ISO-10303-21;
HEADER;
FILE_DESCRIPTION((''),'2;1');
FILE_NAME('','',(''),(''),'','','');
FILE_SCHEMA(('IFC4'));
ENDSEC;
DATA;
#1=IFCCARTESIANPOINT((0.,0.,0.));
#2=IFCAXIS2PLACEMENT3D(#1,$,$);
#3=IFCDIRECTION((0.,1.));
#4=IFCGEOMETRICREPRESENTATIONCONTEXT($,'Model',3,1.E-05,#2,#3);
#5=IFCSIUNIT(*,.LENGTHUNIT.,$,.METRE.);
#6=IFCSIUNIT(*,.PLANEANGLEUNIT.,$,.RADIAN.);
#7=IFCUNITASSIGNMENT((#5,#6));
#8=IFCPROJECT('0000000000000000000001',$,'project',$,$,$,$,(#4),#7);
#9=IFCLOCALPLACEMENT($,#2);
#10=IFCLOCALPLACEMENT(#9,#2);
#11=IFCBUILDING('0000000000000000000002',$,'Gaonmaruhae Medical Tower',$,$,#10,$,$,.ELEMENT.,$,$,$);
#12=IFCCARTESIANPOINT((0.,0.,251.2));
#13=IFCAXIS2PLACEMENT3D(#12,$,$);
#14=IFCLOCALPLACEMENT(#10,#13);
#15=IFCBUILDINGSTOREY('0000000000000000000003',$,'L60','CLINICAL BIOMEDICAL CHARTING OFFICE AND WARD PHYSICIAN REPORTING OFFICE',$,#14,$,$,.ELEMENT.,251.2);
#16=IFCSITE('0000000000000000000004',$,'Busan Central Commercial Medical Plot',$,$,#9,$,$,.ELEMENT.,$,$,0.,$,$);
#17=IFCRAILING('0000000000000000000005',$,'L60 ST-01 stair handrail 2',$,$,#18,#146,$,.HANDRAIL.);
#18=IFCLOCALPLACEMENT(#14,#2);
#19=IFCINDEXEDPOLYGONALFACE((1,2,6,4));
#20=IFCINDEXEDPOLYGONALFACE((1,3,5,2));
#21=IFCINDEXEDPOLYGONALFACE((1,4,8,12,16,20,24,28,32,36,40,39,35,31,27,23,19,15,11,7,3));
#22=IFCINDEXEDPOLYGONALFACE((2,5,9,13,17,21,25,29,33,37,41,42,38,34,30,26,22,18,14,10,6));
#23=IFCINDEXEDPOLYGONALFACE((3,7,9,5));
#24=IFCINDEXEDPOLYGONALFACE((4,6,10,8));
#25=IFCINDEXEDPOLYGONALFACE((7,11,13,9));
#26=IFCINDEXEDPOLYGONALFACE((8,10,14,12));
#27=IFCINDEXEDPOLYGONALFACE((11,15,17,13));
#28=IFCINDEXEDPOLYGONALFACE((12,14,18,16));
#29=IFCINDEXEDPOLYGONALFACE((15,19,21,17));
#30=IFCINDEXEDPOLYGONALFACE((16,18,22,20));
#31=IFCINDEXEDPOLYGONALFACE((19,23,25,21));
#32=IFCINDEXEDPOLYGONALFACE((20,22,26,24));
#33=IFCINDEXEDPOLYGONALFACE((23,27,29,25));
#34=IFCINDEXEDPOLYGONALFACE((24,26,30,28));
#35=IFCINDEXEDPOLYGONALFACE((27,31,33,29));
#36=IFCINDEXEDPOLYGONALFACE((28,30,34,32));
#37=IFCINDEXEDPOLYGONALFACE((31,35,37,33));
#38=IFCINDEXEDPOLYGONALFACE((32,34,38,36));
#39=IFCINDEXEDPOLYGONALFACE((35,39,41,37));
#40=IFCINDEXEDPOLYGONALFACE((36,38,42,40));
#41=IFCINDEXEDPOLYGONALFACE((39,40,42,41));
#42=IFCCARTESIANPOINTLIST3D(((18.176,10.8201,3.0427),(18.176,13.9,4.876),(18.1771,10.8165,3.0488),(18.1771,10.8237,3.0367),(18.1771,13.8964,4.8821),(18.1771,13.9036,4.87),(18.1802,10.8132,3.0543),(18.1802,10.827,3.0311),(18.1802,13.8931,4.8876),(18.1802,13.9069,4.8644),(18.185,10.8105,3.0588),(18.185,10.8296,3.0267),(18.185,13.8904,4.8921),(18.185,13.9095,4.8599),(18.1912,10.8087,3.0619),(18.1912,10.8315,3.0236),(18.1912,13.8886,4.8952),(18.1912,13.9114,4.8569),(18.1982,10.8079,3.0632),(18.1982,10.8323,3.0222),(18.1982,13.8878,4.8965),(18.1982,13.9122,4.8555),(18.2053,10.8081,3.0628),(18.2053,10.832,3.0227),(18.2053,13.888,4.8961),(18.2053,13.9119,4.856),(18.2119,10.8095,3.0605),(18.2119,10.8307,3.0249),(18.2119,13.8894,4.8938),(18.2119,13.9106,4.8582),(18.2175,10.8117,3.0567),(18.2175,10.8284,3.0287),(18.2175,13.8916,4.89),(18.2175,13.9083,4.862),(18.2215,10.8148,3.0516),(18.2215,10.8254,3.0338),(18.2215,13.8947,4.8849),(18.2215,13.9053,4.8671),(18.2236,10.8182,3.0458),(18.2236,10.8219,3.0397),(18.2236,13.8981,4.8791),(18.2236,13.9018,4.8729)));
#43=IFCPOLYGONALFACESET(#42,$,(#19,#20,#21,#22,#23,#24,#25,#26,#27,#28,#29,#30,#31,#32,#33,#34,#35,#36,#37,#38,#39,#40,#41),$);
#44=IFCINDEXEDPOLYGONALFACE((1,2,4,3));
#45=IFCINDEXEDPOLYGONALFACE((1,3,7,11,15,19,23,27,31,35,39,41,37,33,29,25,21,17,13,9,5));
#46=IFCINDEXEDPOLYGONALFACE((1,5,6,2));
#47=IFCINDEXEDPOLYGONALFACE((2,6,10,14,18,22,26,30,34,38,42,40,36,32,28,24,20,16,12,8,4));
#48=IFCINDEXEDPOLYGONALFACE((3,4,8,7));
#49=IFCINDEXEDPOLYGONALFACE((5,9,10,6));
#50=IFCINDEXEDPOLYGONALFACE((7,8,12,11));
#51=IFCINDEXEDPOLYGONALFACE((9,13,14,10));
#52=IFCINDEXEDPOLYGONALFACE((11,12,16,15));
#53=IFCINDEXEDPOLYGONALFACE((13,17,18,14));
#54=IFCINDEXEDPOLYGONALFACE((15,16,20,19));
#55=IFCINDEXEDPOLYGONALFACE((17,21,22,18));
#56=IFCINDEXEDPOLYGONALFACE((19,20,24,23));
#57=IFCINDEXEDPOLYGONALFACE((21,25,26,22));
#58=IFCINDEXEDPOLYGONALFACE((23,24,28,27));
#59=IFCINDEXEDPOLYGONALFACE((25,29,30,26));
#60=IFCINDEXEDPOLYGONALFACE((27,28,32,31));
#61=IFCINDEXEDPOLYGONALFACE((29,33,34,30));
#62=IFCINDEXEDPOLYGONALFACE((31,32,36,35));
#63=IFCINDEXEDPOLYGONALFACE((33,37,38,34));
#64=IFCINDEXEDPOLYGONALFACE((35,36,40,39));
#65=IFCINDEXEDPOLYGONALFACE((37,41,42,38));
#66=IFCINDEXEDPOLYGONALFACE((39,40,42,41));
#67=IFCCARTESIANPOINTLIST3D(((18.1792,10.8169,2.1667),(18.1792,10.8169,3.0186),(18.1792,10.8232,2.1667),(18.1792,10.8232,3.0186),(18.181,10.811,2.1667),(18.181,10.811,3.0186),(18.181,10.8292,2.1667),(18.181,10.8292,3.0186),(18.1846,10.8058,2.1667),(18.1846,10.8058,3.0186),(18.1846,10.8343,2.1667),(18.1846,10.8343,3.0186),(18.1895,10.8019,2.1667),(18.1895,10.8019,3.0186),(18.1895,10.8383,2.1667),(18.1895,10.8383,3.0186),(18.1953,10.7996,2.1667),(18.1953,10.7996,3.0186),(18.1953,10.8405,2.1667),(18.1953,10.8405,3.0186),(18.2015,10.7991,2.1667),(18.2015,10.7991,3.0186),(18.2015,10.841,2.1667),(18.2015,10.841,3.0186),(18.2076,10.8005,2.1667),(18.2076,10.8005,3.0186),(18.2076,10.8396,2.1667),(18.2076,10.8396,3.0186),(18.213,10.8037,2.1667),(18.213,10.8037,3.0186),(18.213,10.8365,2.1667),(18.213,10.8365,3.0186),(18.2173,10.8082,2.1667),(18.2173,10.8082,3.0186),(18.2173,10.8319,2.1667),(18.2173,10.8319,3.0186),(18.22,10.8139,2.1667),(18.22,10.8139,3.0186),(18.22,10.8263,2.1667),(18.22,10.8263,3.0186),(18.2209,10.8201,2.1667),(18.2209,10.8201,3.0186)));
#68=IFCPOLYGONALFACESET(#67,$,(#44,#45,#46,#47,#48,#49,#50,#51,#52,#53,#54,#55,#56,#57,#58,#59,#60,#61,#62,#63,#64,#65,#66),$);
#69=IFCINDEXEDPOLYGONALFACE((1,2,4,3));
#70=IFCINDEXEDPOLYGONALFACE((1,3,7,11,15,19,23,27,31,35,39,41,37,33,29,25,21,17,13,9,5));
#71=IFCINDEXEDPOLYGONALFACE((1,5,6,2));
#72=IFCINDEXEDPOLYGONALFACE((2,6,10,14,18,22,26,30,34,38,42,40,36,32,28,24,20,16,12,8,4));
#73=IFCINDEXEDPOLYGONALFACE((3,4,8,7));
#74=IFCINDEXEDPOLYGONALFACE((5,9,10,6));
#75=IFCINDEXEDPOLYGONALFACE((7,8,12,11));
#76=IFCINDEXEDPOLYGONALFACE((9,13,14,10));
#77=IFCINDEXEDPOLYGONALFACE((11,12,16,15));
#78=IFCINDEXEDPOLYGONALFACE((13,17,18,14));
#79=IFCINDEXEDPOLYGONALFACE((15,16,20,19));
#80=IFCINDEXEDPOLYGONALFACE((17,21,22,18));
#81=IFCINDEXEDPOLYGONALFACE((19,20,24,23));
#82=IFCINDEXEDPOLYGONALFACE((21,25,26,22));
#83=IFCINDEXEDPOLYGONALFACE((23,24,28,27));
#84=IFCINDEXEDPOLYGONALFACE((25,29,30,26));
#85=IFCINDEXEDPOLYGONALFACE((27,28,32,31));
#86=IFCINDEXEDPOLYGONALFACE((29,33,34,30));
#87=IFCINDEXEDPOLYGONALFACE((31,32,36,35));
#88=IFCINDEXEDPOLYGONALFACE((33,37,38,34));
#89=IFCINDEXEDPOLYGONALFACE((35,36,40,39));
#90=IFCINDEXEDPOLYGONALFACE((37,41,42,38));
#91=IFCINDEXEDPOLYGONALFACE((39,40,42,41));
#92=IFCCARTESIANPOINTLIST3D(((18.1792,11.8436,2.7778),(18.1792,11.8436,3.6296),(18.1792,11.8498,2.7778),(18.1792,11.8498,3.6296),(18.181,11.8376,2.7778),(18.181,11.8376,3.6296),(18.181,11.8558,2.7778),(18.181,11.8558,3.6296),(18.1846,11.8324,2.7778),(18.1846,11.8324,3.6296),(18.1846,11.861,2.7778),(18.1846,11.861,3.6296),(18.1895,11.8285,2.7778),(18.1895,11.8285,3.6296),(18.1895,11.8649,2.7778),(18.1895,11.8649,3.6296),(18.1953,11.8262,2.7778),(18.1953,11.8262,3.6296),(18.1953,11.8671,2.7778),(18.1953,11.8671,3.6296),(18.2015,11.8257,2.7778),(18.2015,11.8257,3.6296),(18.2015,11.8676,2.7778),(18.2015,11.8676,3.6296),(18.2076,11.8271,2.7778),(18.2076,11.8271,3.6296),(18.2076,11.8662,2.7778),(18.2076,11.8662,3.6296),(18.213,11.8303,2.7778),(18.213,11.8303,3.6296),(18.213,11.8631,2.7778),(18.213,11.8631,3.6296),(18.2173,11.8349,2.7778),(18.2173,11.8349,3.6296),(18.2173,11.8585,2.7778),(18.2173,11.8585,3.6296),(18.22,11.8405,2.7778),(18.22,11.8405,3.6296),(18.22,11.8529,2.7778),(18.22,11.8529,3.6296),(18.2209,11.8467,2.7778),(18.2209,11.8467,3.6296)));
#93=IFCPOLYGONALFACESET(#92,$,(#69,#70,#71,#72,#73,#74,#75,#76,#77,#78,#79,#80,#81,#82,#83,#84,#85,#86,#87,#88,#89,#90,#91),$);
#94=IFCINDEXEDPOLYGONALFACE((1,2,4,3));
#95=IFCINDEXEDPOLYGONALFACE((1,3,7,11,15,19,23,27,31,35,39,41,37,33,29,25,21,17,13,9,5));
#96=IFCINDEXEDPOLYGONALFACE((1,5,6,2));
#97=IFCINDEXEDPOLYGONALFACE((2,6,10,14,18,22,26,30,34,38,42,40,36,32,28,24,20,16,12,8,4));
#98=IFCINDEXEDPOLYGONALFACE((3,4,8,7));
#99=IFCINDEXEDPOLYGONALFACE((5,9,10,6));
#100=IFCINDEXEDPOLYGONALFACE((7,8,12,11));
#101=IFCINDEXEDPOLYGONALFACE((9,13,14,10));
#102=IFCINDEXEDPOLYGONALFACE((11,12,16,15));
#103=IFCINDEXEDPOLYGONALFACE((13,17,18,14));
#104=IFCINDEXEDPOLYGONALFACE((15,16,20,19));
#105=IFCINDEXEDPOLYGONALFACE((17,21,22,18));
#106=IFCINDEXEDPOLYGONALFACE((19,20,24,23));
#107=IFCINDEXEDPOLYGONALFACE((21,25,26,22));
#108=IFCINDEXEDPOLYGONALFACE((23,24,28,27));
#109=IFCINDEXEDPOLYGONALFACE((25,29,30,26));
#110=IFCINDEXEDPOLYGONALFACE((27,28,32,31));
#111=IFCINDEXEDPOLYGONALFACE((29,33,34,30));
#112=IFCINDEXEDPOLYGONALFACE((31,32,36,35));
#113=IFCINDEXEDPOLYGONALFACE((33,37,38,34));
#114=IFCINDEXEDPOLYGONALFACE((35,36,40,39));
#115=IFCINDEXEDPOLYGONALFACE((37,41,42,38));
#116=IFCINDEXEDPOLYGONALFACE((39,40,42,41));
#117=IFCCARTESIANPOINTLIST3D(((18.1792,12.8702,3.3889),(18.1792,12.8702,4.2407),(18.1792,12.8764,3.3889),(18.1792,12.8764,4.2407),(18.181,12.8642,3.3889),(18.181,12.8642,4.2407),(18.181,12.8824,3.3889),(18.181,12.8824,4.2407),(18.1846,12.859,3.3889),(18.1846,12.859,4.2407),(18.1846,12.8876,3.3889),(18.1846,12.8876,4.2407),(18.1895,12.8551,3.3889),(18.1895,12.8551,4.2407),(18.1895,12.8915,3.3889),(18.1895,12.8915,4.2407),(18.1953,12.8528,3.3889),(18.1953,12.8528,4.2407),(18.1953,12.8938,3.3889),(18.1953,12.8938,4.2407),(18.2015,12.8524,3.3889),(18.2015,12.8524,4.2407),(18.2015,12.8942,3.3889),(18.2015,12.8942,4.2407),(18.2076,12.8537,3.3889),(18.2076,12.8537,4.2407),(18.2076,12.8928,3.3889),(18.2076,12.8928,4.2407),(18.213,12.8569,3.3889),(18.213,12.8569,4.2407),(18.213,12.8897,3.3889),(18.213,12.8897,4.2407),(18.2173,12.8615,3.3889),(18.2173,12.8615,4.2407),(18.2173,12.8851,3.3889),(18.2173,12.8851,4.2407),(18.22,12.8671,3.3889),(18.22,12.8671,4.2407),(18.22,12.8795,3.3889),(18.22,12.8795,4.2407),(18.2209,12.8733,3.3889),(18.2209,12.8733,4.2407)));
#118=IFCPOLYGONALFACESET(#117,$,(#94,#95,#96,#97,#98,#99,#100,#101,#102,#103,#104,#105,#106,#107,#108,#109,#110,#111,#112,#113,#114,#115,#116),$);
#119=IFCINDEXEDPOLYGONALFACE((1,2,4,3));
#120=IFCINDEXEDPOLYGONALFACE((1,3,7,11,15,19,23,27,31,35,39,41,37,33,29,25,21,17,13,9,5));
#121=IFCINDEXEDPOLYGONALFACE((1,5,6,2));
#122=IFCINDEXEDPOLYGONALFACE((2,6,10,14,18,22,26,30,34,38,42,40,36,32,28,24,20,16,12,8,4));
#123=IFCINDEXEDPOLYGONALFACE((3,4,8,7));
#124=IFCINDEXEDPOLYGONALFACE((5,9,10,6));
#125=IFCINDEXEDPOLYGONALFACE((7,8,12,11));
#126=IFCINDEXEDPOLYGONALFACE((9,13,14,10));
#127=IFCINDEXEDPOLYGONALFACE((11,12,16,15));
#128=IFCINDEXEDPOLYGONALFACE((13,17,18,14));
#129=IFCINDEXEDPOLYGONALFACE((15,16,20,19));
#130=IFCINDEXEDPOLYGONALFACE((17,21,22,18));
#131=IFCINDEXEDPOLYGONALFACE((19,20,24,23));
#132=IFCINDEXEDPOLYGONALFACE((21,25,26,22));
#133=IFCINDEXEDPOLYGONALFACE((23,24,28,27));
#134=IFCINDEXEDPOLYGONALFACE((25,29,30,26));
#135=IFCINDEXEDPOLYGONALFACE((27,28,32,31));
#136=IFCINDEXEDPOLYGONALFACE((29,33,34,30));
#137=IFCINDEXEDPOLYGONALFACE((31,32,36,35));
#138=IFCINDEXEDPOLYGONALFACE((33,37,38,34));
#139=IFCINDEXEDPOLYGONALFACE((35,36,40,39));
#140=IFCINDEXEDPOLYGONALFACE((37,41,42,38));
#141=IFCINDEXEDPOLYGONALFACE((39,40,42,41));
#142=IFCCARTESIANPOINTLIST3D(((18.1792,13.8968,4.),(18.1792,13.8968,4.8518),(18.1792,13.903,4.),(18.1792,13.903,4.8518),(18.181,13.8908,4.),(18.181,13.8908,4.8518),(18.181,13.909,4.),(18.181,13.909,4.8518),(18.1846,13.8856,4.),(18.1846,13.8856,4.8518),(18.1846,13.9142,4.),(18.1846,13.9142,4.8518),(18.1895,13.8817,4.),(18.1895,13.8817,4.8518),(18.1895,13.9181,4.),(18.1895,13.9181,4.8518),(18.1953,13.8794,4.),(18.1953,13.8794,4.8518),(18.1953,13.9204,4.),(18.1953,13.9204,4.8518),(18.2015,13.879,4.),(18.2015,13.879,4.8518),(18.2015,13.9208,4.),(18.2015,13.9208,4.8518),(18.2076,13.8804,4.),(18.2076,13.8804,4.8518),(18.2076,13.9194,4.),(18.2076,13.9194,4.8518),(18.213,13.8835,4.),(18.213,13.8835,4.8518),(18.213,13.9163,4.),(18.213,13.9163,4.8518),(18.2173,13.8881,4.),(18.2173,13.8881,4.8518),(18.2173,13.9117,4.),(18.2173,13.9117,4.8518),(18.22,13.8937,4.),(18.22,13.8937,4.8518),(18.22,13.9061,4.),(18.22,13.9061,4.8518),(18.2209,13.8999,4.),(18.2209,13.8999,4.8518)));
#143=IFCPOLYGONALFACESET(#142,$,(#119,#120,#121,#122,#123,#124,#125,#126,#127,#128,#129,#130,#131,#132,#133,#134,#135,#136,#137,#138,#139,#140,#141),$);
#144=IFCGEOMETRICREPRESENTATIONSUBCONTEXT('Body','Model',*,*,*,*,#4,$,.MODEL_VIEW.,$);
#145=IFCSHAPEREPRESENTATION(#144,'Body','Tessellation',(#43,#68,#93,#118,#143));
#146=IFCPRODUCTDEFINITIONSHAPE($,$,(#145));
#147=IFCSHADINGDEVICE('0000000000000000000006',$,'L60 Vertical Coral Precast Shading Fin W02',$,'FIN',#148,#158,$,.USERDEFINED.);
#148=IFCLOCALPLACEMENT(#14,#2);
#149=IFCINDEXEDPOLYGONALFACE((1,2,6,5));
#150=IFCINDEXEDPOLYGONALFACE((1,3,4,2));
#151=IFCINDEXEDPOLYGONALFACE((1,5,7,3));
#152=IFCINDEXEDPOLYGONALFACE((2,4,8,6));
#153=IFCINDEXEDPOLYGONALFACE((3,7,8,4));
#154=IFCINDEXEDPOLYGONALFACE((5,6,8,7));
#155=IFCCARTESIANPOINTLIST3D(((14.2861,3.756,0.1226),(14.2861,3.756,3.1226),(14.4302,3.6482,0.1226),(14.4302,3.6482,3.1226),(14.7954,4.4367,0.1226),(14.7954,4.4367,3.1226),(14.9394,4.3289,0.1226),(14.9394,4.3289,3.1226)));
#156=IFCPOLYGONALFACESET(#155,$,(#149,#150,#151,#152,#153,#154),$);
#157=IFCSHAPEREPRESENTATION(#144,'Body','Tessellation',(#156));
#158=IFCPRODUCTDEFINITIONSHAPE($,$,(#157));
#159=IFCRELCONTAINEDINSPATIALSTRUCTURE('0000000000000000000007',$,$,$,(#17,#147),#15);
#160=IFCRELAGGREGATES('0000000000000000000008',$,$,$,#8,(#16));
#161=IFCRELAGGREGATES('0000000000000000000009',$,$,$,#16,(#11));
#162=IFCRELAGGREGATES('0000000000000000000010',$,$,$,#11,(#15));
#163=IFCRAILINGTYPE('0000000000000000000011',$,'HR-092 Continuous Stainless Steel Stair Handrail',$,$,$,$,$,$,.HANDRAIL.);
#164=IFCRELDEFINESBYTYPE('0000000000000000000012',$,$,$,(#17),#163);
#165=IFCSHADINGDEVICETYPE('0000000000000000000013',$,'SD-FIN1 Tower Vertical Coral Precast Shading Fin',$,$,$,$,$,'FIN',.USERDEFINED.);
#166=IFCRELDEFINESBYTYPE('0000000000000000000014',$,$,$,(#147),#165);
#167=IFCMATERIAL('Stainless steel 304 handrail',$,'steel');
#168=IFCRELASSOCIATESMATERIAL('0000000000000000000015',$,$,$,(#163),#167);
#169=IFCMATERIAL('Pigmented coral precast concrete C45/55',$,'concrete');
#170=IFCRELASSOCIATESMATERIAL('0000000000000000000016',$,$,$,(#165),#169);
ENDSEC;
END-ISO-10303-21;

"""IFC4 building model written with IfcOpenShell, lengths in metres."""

from ifc_helpers import new_model, si_unit, direction, frame, origin, origin_2d, place, context, subcontext, project, spatial, rectangle, circle, extrude, material, type_object, element, save


model = new_model("IFC4")

# Units and contexts
model_context = context("Model", 3, precision=1e-05, world=origin(), true_north=direction((0.0, 1.0)))
body_context = subcontext(model_context, "Body", "Model", "MODEL_VIEW")
ifc_project = project(units=[si_unit("LENGTHUNIT", "METRE"), si_unit("PLANEANGLEUNIT", "RADIAN")], contexts=[model_context])

# Site, building, storey
site_placement = place(None, origin())
site = spatial("IfcSite", under=ifc_project, at=site_placement, Name="Busan Central Commercial Medical Plot", CompositionType="ELEMENT", RefElevation=0.0)
building_placement = place(site_placement, origin())
building = spatial("IfcBuilding", under=site, at=building_placement, Name="Gaonmaruhae Medical Tower", CompositionType="ELEMENT")
storey_placement = place(building_placement, frame((0.0, 0.0, 251.2)))
storey = spatial("IfcBuildingStorey", under=building, at=storey_placement, Name="L60", Description="CLINICAL BIOMEDICAL CHARTING OFFICE AND WARD PHYSICIAN REPORTING OFFICE", CompositionType="ELEMENT", Elevation=251.2)

# Railing
ifc_material_1 = material(Name="Stainless steel 304 handrail", Category="steel")
railing_type_1 = type_object("IfcRailingType", Name="HR-092 Continuous Stainless Steel Stair Handrail", PredefinedType="HANDRAIL", material=ifc_material_1)
railing_1_placement = place(storey_placement, frame((18.2, 10.8201, 2.1667)))
element("IfcRailing", 1, at=railing_1_placement, inside=storey, type_object=railing_type_1, Name="L60 ST-01 stair handrail 2", PredefinedType="HANDRAIL", context=body_context, shape_type="SweptSolid", body=[
    extrude(circle(Radius=0.0239, at=origin_2d()), frame((0.0, 0.0, 0.876), z_axis=(0.0, 0.859291, 0.511487), x_axis=(-1.0, 0.0, 0.0)), (0.0, 0.0, 1.0), 3.5842),
    extrude(circle(Radius=0.021, at=origin_2d()), origin(), (0.0, 0.0, 1.0), 0.8518),
    extrude(circle(Radius=0.021, at=origin_2d()), frame((0.0, 1.0266, 0.6111)), (0.0, 0.0, 1.0), 0.8518),
    extrude(circle(Radius=0.021, at=origin_2d()), frame((0.0, 2.0532, 1.2222)), (0.0, 0.0, 1.0), 0.8518),
    extrude(circle(Radius=0.021, at=origin_2d()), frame((0.0, 3.0798, 1.8333)), (0.0, 0.0, 1.0), 0.8518),
])

# Shading device
ifc_material_2 = material(Name="Pigmented coral precast concrete C45/55", Category="concrete")
shading_device_type = type_object("IfcShadingDeviceType", Name="SD-FIN1 Tower Vertical Coral Precast Shading Fin", ElementType="FIN", PredefinedType="USERDEFINED", material=ifc_material_2)
shading_device_placement = place(storey_placement, frame((14.6128, 4.0425, 0.1226), z_axis=(0.0, 0.0, 1.0), x_axis=(-0.800731, 0.599024, 0.0)))
element("IfcShadingDevice", 2, at=shading_device_placement, inside=storey, type_object=shading_device_type, Name="L60 Vertical Coral Precast Shading Fin W02", ObjectType="FIN", PredefinedType="USERDEFINED", context=body_context, shape_type="SweptSolid", body=[
    extrude(rectangle(XDim=0.1799, YDim=0.8501, at=origin_2d()), origin(), (0.0, 0.0, 1.0), 3.0),
])

save(model, "model.ifc")
